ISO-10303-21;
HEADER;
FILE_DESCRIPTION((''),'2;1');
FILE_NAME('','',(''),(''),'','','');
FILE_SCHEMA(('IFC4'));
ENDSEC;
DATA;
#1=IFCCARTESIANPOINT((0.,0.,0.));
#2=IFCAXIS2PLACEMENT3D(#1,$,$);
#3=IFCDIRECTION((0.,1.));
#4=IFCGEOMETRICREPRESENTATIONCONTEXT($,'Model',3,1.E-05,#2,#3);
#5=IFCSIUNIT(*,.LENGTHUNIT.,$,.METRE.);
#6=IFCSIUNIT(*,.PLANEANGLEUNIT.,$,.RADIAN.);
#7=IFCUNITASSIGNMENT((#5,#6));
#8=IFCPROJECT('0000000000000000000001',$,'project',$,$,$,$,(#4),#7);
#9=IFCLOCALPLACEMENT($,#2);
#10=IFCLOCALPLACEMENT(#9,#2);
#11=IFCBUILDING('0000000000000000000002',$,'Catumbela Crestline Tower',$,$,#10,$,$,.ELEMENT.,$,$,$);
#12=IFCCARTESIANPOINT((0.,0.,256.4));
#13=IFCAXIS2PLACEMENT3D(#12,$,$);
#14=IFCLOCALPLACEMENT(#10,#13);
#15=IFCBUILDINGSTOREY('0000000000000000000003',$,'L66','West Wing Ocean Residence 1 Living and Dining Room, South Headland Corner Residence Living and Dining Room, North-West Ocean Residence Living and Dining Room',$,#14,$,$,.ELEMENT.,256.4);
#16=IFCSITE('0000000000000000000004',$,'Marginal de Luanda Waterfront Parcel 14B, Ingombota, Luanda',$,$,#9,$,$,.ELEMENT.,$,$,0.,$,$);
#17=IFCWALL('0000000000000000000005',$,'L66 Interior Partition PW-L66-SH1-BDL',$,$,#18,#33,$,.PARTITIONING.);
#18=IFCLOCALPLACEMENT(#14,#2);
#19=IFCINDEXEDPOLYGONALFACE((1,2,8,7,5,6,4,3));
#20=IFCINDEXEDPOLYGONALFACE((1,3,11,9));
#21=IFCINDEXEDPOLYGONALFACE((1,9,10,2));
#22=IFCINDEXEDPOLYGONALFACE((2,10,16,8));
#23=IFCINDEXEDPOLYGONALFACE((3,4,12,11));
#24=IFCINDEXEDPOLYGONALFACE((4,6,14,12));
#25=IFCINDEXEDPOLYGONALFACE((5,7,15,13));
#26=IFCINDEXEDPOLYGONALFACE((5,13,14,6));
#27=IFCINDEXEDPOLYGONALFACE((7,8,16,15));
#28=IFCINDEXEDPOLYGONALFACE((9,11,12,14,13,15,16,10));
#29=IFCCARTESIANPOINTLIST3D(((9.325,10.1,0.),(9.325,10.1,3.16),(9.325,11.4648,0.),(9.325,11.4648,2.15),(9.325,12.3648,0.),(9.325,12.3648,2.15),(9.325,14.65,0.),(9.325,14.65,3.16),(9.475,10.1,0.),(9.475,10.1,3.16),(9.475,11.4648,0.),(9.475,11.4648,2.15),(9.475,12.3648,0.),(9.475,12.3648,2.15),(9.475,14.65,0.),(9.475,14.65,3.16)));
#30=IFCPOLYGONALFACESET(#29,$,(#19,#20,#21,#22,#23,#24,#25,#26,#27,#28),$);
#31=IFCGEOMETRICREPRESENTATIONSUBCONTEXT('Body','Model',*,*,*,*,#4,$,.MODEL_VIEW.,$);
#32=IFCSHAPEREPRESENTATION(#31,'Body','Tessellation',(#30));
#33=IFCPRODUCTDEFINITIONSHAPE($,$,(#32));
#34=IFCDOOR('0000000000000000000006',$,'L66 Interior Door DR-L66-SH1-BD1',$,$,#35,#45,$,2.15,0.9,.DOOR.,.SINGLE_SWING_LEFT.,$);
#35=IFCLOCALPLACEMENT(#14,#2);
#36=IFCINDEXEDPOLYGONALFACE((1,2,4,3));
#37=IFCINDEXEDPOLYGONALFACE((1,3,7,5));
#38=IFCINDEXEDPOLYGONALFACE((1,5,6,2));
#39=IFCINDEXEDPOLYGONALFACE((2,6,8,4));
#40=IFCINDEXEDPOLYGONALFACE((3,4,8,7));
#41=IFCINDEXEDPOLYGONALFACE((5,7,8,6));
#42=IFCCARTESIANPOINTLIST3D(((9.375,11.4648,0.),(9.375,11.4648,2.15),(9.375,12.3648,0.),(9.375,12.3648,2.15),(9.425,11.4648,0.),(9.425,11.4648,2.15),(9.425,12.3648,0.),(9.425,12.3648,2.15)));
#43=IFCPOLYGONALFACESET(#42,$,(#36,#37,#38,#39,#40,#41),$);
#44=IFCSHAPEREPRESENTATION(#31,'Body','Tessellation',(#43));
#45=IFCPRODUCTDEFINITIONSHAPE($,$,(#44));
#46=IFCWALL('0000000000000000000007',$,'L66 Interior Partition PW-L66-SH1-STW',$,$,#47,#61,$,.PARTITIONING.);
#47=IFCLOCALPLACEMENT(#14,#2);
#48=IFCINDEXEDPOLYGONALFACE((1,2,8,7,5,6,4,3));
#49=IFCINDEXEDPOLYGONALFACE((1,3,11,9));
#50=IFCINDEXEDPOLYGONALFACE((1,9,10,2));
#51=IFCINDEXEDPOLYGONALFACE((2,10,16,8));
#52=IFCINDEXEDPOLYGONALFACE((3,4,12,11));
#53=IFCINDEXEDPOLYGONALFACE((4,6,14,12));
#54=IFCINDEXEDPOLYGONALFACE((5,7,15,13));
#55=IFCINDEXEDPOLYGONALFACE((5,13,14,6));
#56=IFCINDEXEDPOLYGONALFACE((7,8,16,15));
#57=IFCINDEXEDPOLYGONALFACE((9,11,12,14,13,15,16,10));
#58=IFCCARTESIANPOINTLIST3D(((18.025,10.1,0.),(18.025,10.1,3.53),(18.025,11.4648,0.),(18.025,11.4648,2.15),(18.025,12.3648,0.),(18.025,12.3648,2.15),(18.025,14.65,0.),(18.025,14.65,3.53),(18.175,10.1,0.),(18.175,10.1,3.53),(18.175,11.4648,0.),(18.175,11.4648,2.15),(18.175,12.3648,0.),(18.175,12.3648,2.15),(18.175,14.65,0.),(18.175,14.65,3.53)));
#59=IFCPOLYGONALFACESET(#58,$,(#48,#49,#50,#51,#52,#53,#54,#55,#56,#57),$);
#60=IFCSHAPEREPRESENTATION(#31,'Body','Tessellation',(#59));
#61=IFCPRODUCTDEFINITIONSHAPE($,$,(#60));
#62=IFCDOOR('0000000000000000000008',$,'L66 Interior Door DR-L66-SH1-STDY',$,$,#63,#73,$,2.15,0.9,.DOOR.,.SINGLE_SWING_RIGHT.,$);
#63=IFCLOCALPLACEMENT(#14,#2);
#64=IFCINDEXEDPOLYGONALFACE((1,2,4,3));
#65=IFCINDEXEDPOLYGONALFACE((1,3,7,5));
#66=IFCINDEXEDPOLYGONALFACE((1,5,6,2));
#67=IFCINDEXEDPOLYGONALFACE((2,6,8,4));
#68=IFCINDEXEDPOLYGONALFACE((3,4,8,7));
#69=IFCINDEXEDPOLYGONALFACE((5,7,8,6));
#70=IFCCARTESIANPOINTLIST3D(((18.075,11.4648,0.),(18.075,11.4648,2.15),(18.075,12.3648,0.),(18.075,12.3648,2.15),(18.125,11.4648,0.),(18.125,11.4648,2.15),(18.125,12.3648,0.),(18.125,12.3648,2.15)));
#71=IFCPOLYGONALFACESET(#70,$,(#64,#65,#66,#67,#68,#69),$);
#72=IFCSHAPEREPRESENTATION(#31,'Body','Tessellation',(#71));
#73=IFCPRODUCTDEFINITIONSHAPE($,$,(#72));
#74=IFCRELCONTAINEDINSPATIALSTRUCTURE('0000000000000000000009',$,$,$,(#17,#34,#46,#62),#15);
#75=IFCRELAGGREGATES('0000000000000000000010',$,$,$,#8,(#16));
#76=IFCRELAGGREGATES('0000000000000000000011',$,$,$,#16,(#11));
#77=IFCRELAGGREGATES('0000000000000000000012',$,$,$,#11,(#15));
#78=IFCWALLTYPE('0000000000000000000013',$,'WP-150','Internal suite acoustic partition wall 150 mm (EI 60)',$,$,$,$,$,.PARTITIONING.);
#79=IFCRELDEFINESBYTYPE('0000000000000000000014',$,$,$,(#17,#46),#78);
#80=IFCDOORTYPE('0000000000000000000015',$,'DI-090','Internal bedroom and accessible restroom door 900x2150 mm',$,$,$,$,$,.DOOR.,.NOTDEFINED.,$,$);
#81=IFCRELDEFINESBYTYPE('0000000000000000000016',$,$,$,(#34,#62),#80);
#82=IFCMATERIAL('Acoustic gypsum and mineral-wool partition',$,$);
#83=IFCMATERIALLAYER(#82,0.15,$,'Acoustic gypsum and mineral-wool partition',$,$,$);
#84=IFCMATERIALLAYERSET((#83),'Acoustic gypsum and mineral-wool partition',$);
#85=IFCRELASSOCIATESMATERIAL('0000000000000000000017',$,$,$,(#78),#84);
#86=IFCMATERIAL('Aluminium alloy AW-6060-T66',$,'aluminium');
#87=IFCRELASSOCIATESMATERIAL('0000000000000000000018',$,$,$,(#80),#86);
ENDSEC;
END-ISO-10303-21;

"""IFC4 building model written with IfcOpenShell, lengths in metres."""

from ifc_helpers import new_model, si_unit, direction, frame, frame_2d, origin, place, context, subcontext, project, spatial, rectangle, extrude, material, layer, layer_set, type_object, element, fill, save


model = new_model("IFC4")

# Units and contexts
model_context = context("Model", 3, precision=1e-05, world=origin(), true_north=direction((0.0, 1.0)))
body_context = subcontext(model_context, "Body", "Model", "MODEL_VIEW")
ifc_project = project(units=[si_unit("LENGTHUNIT", "METRE"), si_unit("PLANEANGLEUNIT", "RADIAN")], contexts=[model_context])

# Site, building, storey
site_placement = place(None, origin())
site = spatial("IfcSite", under=ifc_project, at=site_placement, Name="Marginal de Luanda Waterfront Parcel 14B, Ingombota, Luanda", CompositionType="ELEMENT", RefElevation=0.0)
building_placement = place(site_placement, origin())
building = spatial("IfcBuilding", under=site, at=building_placement, Name="Catumbela Crestline Tower", CompositionType="ELEMENT")
storey_placement = place(building_placement, frame((0.0, 0.0, 256.4)))
storey = spatial("IfcBuildingStorey", under=building, at=storey_placement, Name="L66", Description="West Wing Ocean Residence 1 Living and Dining Room, South Headland Corner Residence Living and Dining Room, North-West Ocean Residence Living and Dining Room", CompositionType="ELEMENT", Elevation=256.4)

# Shared definitions
ifc_material_1 = material(Name="Aluminium alloy AW-6060-T66", Category="aluminium")

# Shared definitions
ifc_material_2 = material(Name="Acoustic gypsum and mineral-wool partition")
ifc_layer_1 = layer(ifc_material_2, 0.15, Name="Acoustic gypsum and mineral-wool partition")
ifc_layer_set_1 = layer_set([ifc_layer_1], Name="Acoustic gypsum and mineral-wool partition")
wall_type = type_object("IfcWallType", Name="WP-150", Description="Internal suite acoustic partition wall 150 mm (EI 60)", PredefinedType="PARTITIONING", material=ifc_layer_set_1)

# Walls, openings, doors
wall_1_placement = place(storey_placement, frame((9.4, 10.1, 0.0), z_axis=(0.0, 0.0, 1.0), x_axis=(0.0, 1.0, 0.0)))
wall_1 = element("IfcWall", 1, at=wall_1_placement, inside=storey, type_object=wall_type, Name="L66 Interior Partition PW-L66-SH1-BDL", PredefinedType="PARTITIONING", context=body_context, shape_type="SweptSolid", body=[
    extrude(rectangle(XDim=4.55, YDim=0.15, at=frame_2d((2.275, 0.0))), origin(), (0.0, 0.0, 1.0), 3.16),
])
opening_1_placement = place(wall_1_placement, frame((1.3648, 0.0, 0.0)))
opening_1 = element("IfcOpeningElement", 2, at=opening_1_placement, cuts=wall_1, PredefinedType="OPENING", context=body_context, shape_type="SweptSolid", body=[
    extrude(rectangle(XDim=0.9, YDim=2.15, at=frame_2d((0.45, 1.075))), frame((0.0, 0.085, 0.0), z_axis=(0.0, -1.0, 0.0), x_axis=(1.0, 0.0, 0.0)), (0.0, 0.0, 1.0), 0.17),
])
door_type_1 = type_object("IfcDoorType", Name="DI-090", Description="Internal bedroom and accessible restroom door 900x2150 mm", OperationType="NOTDEFINED", PredefinedType="DOOR", material=ifc_material_1)
door_1_placement = place(opening_1_placement, origin())
door_1 = element("IfcDoor", 3, at=door_1_placement, inside=storey, type_object=door_type_1, Name="L66 Interior Door DR-L66-SH1-BD1", OperationType="SINGLE_SWING_LEFT", OverallHeight=2.15, OverallWidth=0.9, PredefinedType="DOOR", context=body_context, shape_type="SweptSolid", body=[
    extrude(rectangle(XDim=0.9, YDim=2.15, at=frame_2d((0.45, 1.075))), frame((0.0, 0.025, 0.0), z_axis=(0.0, -1.0, 0.0), x_axis=(1.0, 0.0, 0.0)), (0.0, 0.0, 1.0), 0.05),
])
fill(opening_1, door_1)
wall_2_placement = place(storey_placement, frame((18.1, 10.1, 0.0), z_axis=(0.0, 0.0, 1.0), x_axis=(0.0, 1.0, 0.0)))
wall_2 = element("IfcWall", 4, at=wall_2_placement, inside=storey, type_object=wall_type, Name="L66 Interior Partition PW-L66-SH1-STW", PredefinedType="PARTITIONING", context=body_context, shape_type="SweptSolid", body=[
    extrude(rectangle(XDim=4.55, YDim=0.15, at=frame_2d((2.275, 0.0))), origin(), (0.0, 0.0, 1.0), 3.53),
])
opening_2_placement = place(wall_2_placement, frame((1.3648, 0.0, 0.0)))
opening_2 = element("IfcOpeningElement", 5, at=opening_2_placement, cuts=wall_2, PredefinedType="OPENING", context=body_context, shape_type="SweptSolid", body=[
    extrude(rectangle(XDim=0.9, YDim=2.15, at=frame_2d((0.45, 1.075))), frame((0.0, 0.085, 0.0), z_axis=(0.0, -1.0, 0.0), x_axis=(1.0, 0.0, 0.0)), (0.0, 0.0, 1.0), 0.17),
])
door_2_placement = place(opening_2_placement, origin())
door_2 = element("IfcDoor", 6, at=door_2_placement, inside=storey, type_object=door_type_1, Name="L66 Interior Door DR-L66-SH1-STDY", OperationType="SINGLE_SWING_RIGHT", OverallHeight=2.15, OverallWidth=0.9, PredefinedType="DOOR", context=body_context, shape_type="SweptSolid", body=[
    extrude(rectangle(XDim=0.9, YDim=2.15, at=frame_2d((0.45, 1.075))), frame((0.0, 0.025, 0.0), z_axis=(0.0, -1.0, 0.0), x_axis=(1.0, 0.0, 0.0)), (0.0, 0.0, 1.0), 0.05),
])
fill(opening_2, door_2)

save(model, "model.ifc")
